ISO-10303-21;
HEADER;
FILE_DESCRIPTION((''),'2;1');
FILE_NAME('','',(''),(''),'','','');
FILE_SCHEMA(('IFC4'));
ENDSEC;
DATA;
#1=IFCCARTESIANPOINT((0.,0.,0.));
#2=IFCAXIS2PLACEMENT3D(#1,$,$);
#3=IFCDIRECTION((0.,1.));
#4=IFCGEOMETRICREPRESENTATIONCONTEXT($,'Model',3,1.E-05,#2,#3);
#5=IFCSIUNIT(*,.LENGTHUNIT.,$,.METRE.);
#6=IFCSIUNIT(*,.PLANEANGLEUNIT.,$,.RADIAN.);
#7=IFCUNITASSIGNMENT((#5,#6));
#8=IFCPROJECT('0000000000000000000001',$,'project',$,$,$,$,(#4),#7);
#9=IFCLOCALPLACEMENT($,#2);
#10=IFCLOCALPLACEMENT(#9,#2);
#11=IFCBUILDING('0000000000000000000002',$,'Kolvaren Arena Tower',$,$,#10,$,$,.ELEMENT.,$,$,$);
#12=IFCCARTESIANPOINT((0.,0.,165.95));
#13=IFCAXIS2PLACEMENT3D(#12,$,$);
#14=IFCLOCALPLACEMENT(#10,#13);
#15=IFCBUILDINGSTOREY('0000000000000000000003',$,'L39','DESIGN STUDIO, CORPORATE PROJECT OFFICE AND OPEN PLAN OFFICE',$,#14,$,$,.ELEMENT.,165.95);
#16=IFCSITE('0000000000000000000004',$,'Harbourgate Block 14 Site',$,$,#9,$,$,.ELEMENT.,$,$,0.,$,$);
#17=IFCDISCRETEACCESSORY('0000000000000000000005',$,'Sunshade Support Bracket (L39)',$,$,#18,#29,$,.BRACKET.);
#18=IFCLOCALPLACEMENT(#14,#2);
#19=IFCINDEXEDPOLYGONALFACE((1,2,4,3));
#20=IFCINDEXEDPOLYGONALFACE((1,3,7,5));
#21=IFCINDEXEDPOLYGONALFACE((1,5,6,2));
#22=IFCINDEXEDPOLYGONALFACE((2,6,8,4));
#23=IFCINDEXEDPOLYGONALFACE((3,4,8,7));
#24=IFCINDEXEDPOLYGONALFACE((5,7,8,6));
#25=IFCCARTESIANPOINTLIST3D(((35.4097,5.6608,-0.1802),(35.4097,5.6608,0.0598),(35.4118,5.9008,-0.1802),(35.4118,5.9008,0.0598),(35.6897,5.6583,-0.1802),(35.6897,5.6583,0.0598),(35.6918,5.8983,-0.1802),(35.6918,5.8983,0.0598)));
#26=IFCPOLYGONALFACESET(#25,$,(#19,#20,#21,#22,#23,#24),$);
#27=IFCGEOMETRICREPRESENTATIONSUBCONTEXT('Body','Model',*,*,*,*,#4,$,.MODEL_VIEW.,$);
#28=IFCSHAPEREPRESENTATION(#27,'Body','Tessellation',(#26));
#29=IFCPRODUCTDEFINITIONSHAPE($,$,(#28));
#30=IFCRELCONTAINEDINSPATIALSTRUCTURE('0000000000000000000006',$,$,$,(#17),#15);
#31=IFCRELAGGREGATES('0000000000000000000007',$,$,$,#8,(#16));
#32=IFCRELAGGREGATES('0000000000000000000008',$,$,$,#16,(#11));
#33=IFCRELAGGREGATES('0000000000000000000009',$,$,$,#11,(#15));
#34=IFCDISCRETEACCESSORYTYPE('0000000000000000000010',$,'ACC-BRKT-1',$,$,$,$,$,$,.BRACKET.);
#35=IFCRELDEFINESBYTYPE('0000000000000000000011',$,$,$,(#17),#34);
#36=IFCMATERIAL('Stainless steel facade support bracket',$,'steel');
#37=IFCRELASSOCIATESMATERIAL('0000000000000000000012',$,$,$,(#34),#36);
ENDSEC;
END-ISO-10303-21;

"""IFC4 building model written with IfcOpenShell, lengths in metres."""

from ifc_helpers import new_model, si_unit, direction, frame, origin, origin_2d, place, context, subcontext, project, spatial, rectangle, extrude, material, type_object, element, save


model = new_model("IFC4")

# Units and contexts
model_context = context("Model", 3, precision=1e-05, world=origin(), true_north=direction((0.0, 1.0)))
body_context = subcontext(model_context, "Body", "Model", "MODEL_VIEW")
ifc_project = project(units=[si_unit("LENGTHUNIT", "METRE"), si_unit("PLANEANGLEUNIT", "RADIAN")], contexts=[model_context])

# Site, building, storey
site_placement = place(None, origin())
site = spatial("IfcSite", under=ifc_project, at=site_placement, Name="Harbourgate Block 14 Site", CompositionType="ELEMENT", RefElevation=0.0)
building_placement = place(site_placement, origin())
building = spatial("IfcBuilding", under=site, at=building_placement, Name="Kolvaren Arena Tower", CompositionType="ELEMENT")
storey_placement = place(building_placement, frame((0.0, 0.0, 165.95)))
storey = spatial("IfcBuildingStorey", under=building, at=storey_placement, Name="L39", Description="DESIGN STUDIO, CORPORATE PROJECT OFFICE AND OPEN PLAN OFFICE", CompositionType="ELEMENT", Elevation=165.95)

# Discrete accessory
ifc_material_1 = material(Name="Stainless steel facade support bracket", Category="steel")
discrete_accessory_type = type_object("IfcDiscreteAccessoryType", Name="ACC-BRKT-1", PredefinedType="BRACKET", material=ifc_material_1)
for number, where, z_axis, x_axis, name in (
    (1, (35.5508, 5.7795, -0.1802), (0.0, 0.0, 1.0), (-0.999962, 0.008727, 0.0), "Sunshade Support Bracket (L39)"),
):
    element("IfcDiscreteAccessory", number, at=place(storey_placement, frame(where, z_axis=z_axis, x_axis=x_axis)), inside=storey, type_object=discrete_accessory_type, Name=name, PredefinedType="BRACKET", context=body_context, shape_type="SweptSolid", body=[
        extrude(rectangle(XDim=0.28, YDim=0.24, at=origin_2d()), origin(), (0.0, 0.0, 1.0), 0.24),
    ])

save(model, "model.ifc")
